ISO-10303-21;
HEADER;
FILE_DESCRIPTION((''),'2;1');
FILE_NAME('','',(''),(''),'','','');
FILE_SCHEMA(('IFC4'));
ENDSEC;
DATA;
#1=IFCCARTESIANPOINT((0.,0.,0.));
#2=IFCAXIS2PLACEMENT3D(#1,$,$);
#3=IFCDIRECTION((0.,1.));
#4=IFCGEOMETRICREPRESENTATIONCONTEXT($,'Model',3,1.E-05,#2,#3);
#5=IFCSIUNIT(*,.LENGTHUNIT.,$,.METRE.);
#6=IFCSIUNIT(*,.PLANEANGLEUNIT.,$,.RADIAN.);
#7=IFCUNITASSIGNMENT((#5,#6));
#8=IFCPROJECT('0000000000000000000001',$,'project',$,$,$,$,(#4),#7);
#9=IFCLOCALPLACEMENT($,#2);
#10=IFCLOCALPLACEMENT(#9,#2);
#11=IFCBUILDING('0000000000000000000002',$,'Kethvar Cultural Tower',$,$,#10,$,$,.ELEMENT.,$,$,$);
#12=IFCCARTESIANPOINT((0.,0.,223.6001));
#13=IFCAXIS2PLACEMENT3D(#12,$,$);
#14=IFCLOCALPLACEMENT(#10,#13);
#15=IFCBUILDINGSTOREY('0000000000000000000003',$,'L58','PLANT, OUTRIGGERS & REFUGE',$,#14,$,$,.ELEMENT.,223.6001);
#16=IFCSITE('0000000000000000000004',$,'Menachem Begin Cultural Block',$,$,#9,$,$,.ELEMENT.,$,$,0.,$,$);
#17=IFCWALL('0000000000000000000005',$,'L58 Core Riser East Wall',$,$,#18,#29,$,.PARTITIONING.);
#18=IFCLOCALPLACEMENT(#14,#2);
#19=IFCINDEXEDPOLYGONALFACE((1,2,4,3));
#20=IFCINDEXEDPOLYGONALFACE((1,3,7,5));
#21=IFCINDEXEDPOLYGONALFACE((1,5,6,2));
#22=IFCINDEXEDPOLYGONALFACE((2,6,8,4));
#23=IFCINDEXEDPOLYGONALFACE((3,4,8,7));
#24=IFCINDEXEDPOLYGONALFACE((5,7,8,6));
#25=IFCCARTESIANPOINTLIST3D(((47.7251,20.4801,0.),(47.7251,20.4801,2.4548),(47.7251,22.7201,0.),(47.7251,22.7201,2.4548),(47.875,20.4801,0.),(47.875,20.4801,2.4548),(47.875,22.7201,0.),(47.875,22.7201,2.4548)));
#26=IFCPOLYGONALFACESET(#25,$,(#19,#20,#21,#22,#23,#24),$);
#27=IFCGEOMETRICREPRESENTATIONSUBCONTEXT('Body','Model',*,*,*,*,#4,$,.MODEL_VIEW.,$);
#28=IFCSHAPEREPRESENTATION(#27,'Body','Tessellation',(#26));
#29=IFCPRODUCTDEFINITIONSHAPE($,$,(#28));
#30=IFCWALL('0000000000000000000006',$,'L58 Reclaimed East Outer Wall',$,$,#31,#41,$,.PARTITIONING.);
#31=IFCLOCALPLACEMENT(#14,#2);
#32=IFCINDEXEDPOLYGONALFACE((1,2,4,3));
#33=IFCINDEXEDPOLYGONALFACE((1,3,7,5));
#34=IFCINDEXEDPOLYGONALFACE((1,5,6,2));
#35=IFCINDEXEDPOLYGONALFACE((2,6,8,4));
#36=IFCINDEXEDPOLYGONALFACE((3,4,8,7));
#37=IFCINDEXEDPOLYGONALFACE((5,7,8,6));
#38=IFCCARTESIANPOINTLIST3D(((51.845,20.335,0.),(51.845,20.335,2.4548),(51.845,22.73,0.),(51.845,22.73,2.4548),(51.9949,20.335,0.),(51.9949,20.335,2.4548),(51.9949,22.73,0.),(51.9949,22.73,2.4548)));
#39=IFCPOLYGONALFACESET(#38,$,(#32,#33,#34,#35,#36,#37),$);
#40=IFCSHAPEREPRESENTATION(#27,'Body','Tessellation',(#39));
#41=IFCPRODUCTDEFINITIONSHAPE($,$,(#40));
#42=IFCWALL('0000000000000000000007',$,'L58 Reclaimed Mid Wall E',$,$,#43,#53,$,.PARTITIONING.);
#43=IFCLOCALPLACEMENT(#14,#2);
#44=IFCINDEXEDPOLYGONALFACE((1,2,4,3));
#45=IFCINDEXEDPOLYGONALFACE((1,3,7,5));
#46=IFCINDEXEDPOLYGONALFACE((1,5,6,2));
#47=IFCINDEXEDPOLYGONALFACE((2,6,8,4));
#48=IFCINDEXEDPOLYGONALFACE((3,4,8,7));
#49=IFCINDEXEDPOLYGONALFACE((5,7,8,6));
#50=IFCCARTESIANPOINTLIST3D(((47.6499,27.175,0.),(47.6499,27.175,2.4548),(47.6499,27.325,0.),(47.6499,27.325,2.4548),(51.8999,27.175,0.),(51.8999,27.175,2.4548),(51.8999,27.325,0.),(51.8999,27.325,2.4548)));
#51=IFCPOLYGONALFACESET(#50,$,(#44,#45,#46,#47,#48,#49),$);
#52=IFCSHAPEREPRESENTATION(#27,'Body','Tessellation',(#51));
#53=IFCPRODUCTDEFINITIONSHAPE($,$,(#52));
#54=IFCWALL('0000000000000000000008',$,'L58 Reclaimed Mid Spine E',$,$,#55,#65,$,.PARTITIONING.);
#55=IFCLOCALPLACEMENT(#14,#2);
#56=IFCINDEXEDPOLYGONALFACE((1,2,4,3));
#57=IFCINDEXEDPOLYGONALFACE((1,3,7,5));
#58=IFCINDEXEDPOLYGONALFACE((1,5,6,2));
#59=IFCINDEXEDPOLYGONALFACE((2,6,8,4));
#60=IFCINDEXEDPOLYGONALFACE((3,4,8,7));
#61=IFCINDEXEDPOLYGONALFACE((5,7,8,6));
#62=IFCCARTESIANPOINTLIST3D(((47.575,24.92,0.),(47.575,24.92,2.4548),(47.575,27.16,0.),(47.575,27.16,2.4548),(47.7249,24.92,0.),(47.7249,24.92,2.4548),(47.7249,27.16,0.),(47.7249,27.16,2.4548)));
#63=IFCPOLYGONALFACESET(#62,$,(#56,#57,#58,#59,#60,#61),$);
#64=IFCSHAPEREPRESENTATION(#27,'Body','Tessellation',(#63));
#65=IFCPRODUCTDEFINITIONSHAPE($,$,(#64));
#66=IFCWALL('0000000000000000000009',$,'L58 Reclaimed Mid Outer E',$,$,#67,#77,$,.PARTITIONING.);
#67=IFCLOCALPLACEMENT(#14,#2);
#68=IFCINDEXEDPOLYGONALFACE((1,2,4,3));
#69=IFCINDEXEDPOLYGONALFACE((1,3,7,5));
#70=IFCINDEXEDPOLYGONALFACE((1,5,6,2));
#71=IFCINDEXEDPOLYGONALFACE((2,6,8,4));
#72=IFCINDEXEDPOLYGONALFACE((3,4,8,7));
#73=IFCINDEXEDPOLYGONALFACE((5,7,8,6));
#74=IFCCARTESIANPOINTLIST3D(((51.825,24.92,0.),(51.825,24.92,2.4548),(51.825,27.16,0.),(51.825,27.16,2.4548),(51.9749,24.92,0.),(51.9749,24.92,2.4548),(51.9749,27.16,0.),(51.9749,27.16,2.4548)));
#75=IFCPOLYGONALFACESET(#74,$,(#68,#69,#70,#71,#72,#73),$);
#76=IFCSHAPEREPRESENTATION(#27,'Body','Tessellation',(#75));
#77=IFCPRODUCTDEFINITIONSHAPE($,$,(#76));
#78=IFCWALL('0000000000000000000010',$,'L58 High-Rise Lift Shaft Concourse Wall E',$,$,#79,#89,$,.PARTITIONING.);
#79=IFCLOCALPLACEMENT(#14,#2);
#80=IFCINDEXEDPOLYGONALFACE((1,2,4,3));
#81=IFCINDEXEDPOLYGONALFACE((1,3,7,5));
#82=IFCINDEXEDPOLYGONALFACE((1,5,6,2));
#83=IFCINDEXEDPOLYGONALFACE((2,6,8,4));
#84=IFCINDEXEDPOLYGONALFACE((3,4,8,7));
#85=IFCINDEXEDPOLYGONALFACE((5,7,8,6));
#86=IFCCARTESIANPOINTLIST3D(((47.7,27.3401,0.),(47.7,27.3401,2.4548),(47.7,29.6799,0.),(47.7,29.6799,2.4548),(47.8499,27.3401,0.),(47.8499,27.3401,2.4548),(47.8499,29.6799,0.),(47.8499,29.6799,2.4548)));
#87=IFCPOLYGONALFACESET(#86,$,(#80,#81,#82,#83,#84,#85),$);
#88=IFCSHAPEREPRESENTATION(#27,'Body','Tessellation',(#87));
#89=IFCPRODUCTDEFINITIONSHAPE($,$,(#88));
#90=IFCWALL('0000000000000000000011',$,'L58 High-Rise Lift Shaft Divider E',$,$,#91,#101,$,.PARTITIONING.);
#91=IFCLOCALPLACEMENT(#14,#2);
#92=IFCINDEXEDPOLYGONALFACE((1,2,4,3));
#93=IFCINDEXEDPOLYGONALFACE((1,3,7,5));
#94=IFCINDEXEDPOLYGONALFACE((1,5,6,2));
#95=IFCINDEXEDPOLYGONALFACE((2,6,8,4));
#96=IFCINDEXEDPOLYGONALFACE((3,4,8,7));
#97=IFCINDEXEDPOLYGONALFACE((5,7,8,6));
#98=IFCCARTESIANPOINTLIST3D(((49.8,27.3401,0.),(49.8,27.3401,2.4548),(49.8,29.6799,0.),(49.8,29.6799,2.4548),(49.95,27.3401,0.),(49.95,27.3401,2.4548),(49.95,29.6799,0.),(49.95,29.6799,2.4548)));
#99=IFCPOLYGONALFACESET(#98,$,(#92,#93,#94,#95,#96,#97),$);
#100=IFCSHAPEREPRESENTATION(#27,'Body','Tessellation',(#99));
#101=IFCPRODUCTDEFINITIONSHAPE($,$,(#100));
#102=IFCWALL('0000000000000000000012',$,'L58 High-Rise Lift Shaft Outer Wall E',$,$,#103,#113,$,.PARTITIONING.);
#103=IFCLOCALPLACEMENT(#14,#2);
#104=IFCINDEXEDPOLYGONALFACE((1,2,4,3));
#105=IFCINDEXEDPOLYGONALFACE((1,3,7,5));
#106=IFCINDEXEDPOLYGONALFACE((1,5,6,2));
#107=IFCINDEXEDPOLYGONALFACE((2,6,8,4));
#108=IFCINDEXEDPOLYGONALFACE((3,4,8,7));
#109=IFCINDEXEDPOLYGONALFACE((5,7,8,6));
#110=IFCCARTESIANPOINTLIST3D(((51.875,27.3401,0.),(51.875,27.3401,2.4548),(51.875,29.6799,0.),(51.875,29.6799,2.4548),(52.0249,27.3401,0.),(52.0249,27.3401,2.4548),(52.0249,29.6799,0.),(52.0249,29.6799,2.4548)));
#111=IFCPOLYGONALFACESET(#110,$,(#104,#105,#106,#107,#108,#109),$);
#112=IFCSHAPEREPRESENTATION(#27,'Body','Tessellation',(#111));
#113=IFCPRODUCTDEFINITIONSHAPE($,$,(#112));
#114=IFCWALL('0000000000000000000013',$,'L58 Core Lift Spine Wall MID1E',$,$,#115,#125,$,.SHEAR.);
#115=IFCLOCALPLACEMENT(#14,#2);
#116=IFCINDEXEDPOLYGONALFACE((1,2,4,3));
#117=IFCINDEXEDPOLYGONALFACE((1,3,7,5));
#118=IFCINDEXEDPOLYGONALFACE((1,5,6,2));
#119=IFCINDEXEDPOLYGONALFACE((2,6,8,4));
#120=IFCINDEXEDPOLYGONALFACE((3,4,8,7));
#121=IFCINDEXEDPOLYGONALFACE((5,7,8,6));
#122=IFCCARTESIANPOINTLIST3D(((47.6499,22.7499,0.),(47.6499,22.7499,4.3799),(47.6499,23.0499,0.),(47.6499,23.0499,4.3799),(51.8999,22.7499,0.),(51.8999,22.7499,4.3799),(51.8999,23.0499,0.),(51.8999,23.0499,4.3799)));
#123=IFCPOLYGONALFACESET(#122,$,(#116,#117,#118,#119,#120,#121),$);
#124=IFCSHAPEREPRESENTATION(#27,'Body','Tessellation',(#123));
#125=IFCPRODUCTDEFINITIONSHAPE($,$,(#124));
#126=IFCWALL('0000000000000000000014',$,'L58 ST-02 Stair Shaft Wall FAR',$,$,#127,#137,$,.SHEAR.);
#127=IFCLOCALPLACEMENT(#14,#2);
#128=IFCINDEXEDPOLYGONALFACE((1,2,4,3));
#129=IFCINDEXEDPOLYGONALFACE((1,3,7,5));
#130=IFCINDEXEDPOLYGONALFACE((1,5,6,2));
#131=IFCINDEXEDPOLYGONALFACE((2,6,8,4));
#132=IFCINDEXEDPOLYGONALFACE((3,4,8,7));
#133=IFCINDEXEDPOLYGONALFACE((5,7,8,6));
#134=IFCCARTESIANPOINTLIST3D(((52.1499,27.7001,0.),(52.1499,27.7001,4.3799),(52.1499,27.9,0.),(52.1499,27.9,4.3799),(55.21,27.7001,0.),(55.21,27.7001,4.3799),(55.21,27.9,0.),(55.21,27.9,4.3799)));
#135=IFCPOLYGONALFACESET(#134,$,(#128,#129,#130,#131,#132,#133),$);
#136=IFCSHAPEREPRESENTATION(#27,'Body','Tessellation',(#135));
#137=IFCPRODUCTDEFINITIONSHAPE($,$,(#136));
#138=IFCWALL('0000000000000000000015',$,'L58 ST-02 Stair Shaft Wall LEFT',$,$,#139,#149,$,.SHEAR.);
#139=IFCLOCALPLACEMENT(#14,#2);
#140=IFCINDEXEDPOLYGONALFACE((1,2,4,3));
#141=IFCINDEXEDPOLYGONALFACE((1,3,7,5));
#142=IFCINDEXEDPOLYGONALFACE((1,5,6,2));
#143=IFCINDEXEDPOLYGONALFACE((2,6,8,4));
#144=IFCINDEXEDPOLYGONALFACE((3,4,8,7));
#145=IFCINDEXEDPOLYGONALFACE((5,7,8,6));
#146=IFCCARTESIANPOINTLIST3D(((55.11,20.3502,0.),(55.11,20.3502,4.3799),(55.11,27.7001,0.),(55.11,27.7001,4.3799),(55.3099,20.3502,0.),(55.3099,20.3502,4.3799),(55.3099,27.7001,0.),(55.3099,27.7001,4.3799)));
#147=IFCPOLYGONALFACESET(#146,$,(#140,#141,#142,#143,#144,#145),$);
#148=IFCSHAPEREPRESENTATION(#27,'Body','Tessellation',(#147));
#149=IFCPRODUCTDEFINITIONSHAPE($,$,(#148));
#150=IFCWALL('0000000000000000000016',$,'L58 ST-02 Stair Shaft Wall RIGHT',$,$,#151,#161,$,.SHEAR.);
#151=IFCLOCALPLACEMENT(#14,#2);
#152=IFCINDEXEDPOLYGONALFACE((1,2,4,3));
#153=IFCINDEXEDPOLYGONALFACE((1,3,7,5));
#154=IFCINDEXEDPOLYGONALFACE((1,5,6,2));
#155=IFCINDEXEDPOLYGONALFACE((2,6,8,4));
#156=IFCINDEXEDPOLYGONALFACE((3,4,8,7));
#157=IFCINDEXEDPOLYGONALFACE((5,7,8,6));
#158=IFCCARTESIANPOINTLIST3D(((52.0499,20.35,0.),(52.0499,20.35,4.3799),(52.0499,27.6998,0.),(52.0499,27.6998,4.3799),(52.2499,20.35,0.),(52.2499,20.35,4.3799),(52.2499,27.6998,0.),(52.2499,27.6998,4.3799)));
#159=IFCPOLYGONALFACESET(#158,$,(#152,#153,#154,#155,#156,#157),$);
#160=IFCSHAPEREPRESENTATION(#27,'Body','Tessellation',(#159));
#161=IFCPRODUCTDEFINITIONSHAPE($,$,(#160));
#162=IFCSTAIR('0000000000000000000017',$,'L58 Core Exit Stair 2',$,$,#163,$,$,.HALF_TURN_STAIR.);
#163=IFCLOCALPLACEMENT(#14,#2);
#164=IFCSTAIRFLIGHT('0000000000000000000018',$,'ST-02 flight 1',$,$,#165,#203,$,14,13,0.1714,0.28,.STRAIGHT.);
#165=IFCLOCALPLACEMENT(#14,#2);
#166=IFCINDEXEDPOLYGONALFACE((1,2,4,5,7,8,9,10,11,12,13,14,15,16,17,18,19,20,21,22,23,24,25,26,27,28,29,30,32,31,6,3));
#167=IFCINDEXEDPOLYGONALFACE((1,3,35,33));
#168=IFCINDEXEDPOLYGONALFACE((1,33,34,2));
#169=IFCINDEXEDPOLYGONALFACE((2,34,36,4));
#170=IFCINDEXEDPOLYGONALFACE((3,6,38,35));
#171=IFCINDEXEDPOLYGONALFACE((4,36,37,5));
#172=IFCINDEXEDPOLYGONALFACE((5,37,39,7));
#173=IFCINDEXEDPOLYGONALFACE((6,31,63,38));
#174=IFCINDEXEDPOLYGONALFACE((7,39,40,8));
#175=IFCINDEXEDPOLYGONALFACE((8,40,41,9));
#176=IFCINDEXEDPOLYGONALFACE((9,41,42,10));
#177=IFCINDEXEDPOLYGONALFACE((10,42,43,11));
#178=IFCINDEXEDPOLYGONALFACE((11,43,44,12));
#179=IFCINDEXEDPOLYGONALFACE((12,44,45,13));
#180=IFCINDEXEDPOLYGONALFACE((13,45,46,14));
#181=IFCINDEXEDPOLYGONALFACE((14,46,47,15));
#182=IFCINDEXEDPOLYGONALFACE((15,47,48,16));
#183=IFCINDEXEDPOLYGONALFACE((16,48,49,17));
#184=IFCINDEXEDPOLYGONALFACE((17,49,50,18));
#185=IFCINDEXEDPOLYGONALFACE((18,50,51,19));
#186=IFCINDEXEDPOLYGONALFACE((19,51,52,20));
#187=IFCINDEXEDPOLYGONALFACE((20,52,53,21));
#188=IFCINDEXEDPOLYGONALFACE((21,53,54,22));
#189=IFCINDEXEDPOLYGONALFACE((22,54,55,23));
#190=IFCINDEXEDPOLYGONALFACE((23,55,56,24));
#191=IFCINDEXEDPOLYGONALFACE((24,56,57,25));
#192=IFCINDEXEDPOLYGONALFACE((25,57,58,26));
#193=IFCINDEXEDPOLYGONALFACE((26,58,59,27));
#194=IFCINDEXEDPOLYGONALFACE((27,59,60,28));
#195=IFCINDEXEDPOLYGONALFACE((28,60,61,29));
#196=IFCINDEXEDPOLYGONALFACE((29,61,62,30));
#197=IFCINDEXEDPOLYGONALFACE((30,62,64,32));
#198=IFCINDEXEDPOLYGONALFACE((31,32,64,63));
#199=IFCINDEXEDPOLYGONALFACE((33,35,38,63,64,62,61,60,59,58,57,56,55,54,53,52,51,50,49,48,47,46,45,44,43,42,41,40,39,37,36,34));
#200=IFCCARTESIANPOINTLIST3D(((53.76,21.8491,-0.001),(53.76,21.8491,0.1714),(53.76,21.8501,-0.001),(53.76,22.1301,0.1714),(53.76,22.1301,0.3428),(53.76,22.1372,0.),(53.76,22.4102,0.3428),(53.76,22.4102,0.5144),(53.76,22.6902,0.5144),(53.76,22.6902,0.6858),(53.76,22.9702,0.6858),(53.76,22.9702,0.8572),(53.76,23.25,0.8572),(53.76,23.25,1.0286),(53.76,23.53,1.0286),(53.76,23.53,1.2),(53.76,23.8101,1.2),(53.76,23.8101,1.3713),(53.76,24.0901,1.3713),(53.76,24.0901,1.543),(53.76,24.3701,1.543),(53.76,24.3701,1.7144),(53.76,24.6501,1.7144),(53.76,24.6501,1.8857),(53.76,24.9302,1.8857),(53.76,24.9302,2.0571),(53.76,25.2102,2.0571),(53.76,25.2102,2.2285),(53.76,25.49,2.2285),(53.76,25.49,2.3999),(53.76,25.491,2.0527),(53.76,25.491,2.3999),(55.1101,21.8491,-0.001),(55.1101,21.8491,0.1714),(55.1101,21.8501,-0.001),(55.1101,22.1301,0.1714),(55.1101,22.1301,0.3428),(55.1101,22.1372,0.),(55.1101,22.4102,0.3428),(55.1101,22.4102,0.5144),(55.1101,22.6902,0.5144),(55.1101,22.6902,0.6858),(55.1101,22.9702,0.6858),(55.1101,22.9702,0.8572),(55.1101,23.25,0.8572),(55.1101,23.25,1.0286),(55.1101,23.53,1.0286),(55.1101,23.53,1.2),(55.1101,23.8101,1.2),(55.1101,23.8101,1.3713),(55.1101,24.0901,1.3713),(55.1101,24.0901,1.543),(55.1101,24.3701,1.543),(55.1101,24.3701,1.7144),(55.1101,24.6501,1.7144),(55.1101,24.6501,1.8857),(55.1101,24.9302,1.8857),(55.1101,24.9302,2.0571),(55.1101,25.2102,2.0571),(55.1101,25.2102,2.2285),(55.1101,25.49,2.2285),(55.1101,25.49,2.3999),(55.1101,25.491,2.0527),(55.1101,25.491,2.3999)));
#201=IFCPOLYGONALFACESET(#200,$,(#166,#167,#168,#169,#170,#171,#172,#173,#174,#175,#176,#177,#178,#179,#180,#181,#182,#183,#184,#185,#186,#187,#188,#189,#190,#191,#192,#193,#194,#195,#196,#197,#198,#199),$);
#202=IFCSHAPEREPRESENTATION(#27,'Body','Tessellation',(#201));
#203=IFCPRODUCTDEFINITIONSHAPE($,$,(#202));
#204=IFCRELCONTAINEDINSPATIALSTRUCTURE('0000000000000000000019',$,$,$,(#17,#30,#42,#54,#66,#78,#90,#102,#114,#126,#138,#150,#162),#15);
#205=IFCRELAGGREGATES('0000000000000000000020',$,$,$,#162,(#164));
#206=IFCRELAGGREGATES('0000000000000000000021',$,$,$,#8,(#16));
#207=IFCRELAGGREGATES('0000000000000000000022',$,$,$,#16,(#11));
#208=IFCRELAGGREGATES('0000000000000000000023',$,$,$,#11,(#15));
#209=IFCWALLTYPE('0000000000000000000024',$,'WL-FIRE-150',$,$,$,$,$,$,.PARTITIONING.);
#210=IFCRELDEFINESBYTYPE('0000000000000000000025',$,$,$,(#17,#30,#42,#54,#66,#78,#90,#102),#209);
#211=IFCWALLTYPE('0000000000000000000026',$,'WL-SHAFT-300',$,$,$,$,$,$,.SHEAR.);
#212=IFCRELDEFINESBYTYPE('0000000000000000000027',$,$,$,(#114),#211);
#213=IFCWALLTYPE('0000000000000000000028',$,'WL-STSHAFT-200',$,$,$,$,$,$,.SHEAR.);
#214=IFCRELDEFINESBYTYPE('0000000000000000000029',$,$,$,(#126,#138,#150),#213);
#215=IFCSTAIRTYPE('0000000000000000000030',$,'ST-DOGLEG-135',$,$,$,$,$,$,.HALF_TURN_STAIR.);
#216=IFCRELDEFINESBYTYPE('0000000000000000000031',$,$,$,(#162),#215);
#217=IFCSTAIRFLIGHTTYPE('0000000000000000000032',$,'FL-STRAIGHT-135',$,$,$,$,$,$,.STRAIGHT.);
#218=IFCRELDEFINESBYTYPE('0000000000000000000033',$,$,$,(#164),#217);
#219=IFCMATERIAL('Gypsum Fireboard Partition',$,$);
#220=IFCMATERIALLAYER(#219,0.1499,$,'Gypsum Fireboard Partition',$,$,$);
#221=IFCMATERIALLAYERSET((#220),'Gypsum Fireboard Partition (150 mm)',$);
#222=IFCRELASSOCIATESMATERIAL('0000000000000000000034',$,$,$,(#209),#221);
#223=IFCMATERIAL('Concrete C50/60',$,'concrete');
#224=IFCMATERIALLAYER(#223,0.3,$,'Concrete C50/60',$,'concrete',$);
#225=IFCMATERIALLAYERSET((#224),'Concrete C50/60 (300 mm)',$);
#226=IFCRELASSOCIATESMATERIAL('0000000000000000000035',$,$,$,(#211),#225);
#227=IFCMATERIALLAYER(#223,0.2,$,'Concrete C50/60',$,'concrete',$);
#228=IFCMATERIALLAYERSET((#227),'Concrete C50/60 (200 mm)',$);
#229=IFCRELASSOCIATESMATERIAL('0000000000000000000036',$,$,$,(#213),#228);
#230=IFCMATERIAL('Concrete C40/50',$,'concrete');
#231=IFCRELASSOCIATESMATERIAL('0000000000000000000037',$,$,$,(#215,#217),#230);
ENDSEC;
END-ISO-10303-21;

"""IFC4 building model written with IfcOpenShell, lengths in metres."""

from ifc_helpers import new_model, si_unit, direction, frame, frame_2d, origin, place, context, subcontext, project, spatial, polyline, rectangle, outline, extrude, material, layer, layer_set, type_object, element, aggregate, save


model = new_model("IFC4")

# Units and contexts
model_context = context("Model", 3, precision=1e-05, world=origin(), true_north=direction((0.0, 1.0)))
body_context = subcontext(model_context, "Body", "Model", "MODEL_VIEW")
ifc_project = project(units=[si_unit("LENGTHUNIT", "METRE"), si_unit("PLANEANGLEUNIT", "RADIAN")], contexts=[model_context])

# Site, building, storey
site_placement = place(None, origin())
site = spatial("IfcSite", under=ifc_project, at=site_placement, Name="Menachem Begin Cultural Block", CompositionType="ELEMENT", RefElevation=0.0)
building_placement = place(site_placement, origin())
building = spatial("IfcBuilding", under=site, at=building_placement, Name="Kethvar Cultural Tower", CompositionType="ELEMENT")
storey_placement = place(building_placement, frame((0.0, 0.0, 223.6001)))
storey = spatial("IfcBuildingStorey", under=building, at=storey_placement, Name="L58", Description="PLANT, OUTRIGGERS & REFUGE", CompositionType="ELEMENT", Elevation=223.6001)

# Walls
ifc_material_1 = material(Name="Gypsum Fireboard Partition")
ifc_layer_1 = layer(ifc_material_1, 0.1499, Name="Gypsum Fireboard Partition")
ifc_layer_set_1 = layer_set([ifc_layer_1], Name="Gypsum Fireboard Partition (150 mm)")
wall_type_1 = type_object("IfcWallType", Name="WL-FIRE-150", PredefinedType="PARTITIONING", material=ifc_layer_set_1)
wall_1_placement = place(storey_placement, frame((47.8, 20.48, 0.0), z_axis=(0.0, 0.0, 1.0), x_axis=(0.0, 1.0, 0.0)))
element("IfcWall", 1, at=wall_1_placement, inside=storey, type_object=wall_type_1, Name="L58 Core Riser East Wall", PredefinedType="PARTITIONING", context=body_context, shape_type="SweptSolid", body=[
    extrude(rectangle(XDim=2.24, YDim=0.1499, at=frame_2d((1.1201, 0.0))), origin(), (0.0, 0.0, 1.0), 2.4548),
])
wall_2_placement = place(storey_placement, frame((51.9199, 20.335, 0.0), z_axis=(0.0, 0.0, 1.0), x_axis=(0.0, 1.0, 0.0)))
element("IfcWall", 2, at=wall_2_placement, inside=storey, type_object=wall_type_1, Name="L58 Reclaimed East Outer Wall", PredefinedType="PARTITIONING", context=body_context, shape_type="SweptSolid", body=[
    extrude(rectangle(XDim=2.395, YDim=0.1499, at=frame_2d((1.1975, 0.0))), origin(), (0.0, 0.0, 1.0), 2.4548),
])
wall_3_placement = place(storey_placement, frame((47.6499, 27.25, 0.0), z_axis=(0.0, 0.0, 1.0), x_axis=(1.0, 0.0, 0.0)))
element("IfcWall", 3, at=wall_3_placement, inside=storey, type_object=wall_type_1, Name="L58 Reclaimed Mid Wall E", PredefinedType="PARTITIONING", context=body_context, shape_type="SweptSolid", body=[
    extrude(rectangle(XDim=4.25, YDim=0.1499, at=frame_2d((2.125, 0.0))), origin(), (0.0, 0.0, 1.0), 2.4548),
])
for number, where, z_axis, x_axis, name in (
    (4, (47.6499, 24.9199, 0.0), (0.0, 0.0, 1.0), (0.0, 1.0, 0.0), "L58 Reclaimed Mid Spine E"),
    (5, (51.8999, 24.9199, 0.0), (0.0, 0.0, 1.0), (0.0, 1.0, 0.0), "L58 Reclaimed Mid Outer E"),
):
    element("IfcWall", number, at=place(storey_placement, frame(where, z_axis=z_axis, x_axis=x_axis)), inside=storey, type_object=wall_type_1, Name=name, PredefinedType="PARTITIONING", context=body_context, shape_type="SweptSolid", body=[
        extrude(rectangle(XDim=2.24, YDim=0.1499, at=frame_2d((1.1201, 0.0))), origin(), (0.0, 0.0, 1.0), 2.4548),
    ])
for number, where, z_axis, x_axis, name in (
    (6, (47.7749, 27.3401, 0.0), (0.0, 0.0, 1.0), (0.0, 1.0, 0.0), "L58 High-Rise Lift Shaft Concourse Wall E"),
    (7, (49.875, 27.3401, 0.0), (0.0, 0.0, 1.0), (0.0, 1.0, 0.0), "L58 High-Rise Lift Shaft Divider E"),
    (8, (51.95, 27.3401, 0.0), (0.0, 0.0, 1.0), (0.0, 1.0, 0.0), "L58 High-Rise Lift Shaft Outer Wall E"),
):
    element("IfcWall", number, at=place(storey_placement, frame(where, z_axis=z_axis, x_axis=x_axis)), inside=storey, type_object=wall_type_1, Name=name, PredefinedType="PARTITIONING", context=body_context, shape_type="SweptSolid", body=[
        extrude(rectangle(XDim=2.3398, YDim=0.1499, at=frame_2d((1.1699, 0.0))), origin(), (0.0, 0.0, 1.0), 2.4548),
    ])
ifc_material_2 = material(Name="Concrete C50/60", Category="concrete")
ifc_layer_2 = layer(ifc_material_2, 0.3, Name="Concrete C50/60", Category="concrete")
ifc_layer_set_2 = layer_set([ifc_layer_2], Name="Concrete C50/60 (300 mm)")
wall_type_2 = type_object("IfcWallType", Name="WL-SHAFT-300", PredefinedType="SHEAR", material=ifc_layer_set_2)
wall_4_placement = place(storey_placement, frame((47.6499, 22.8999, 0.0), z_axis=(0.0, 0.0, 1.0), x_axis=(1.0, 0.0, 0.0)))
element("IfcWall", 9, at=wall_4_placement, inside=storey, type_object=wall_type_2, Name="L58 Core Lift Spine Wall MID1E", PredefinedType="SHEAR", context=body_context, shape_type="SweptSolid", body=[
    extrude(rectangle(XDim=4.25, YDim=0.3, at=frame_2d((2.125, 0.0))), origin(), (0.0, 0.0, 1.0), 4.3799),
])

# Walls
ifc_layer_3 = layer(ifc_material_2, 0.2, Name="Concrete C50/60", Category="concrete")
ifc_layer_set_3 = layer_set([ifc_layer_3], Name="Concrete C50/60 (200 mm)")
wall_type_3 = type_object("IfcWallType", Name="WL-STSHAFT-200", PredefinedType="SHEAR", material=ifc_layer_set_3)
wall_5_placement = place(storey_placement, frame((52.1499, 27.8, 0.0), z_axis=(0.0, 0.0, 1.0), x_axis=(1.0, 0.0, 0.0)))
element("IfcWall", 10, at=wall_5_placement, inside=storey, type_object=wall_type_3, Name="L58 ST-02 Stair Shaft Wall FAR", PredefinedType="SHEAR", context=body_context, shape_type="SweptSolid", body=[
    extrude(rectangle(XDim=3.0601, YDim=0.2, at=frame_2d((1.53, 0.0))), origin(), (0.0, 0.0, 1.0), 4.3799),
])
for number, where, z_axis, x_axis, name in (
    (11, (55.21, 27.7, 0.0), (0.0, 0.0, 1.0), (0.0, -1.0, 0.0), "L58 ST-02 Stair Shaft Wall LEFT"),
    (12, (52.1499, 20.3501, 0.0), (0.0, 0.0, 1.0), (0.0, 1.0, 0.0), "L58 ST-02 Stair Shaft Wall RIGHT"),
):
    element("IfcWall", number, at=place(storey_placement, frame(where, z_axis=z_axis, x_axis=x_axis)), inside=storey, type_object=wall_type_3, Name=name, PredefinedType="SHEAR", context=body_context, shape_type="SweptSolid", body=[
        extrude(rectangle(XDim=7.3499, YDim=0.2, at=frame_2d((3.6748, 0.0))), origin(), (0.0, 0.0, 1.0), 4.3799),
    ])

# Stair, stair flight
ifc_material_3 = material(Name="Concrete C40/50", Category="concrete")
stair_type = type_object("IfcStairType", Name="ST-DOGLEG-135", PredefinedType="HALF_TURN_STAIR", material=ifc_material_3)
stair_placement = place(storey_placement, origin())
stair = element("IfcStair", 13, at=stair_placement, inside=storey, type_object=stair_type, Name="L58 Core Exit Stair 2", PredefinedType="HALF_TURN_STAIR")
stair_flight_type = type_object("IfcStairFlightType", Name="FL-STRAIGHT-135", PredefinedType="STRAIGHT", material=ifc_material_3)
stair_flight_1_placement = place(storey_placement, frame((54.4351, 21.8501, 0.0), z_axis=(0.0, 0.0, 1.0), x_axis=(0.0, 1.0, 0.0)))
stair_flight_1 = element("IfcStairFlight", 14, at=stair_flight_1_placement, type_object=stair_flight_type, Name="ST-02 flight 1", NumberOfRisers=14, NumberOfTreads=13, PredefinedType="STRAIGHT", RiserHeight=0.1714, TreadLength=0.28, context=body_context, shape_type="SweptSolid", body=[
    extrude(outline(polyline([(-0.001, -0.001), (-0.001, 0.1714), (0.28, 0.1714), (0.28, 0.3428), (0.5601, 0.3428), (0.5601, 0.5144), (0.8401, 0.5144), (0.8401, 0.6858), (1.1201, 0.6858), (1.1201, 0.8572), (1.3999, 0.8572), (1.3999, 1.0286), (1.6799, 1.0286), (1.6799, 1.2), (1.96, 1.2), (1.96, 1.3713), (2.24, 1.3713), (2.24, 1.543), (2.52, 1.543), (2.52, 1.7144), (2.8, 1.7144), (2.8, 1.8857), (3.0801, 1.8857), (3.0801, 2.0571), (3.3601, 2.0571), (3.3601, 2.2285), (3.6399, 2.2285), (3.6399, 2.3999), (3.6409, 2.3999), (3.6409, 2.0527), (0.2871, 0.0), (0.0, -0.001), (-0.001, -0.001)])), frame((0.0, 0.675, 0.0), z_axis=(0.0, -1.0, 0.0), x_axis=(1.0, 0.0, 0.0)), (0.0, 0.0, 1.0), 1.3501),
])
aggregate(stair, [stair_flight_1])

save(model, "model.ifc")
